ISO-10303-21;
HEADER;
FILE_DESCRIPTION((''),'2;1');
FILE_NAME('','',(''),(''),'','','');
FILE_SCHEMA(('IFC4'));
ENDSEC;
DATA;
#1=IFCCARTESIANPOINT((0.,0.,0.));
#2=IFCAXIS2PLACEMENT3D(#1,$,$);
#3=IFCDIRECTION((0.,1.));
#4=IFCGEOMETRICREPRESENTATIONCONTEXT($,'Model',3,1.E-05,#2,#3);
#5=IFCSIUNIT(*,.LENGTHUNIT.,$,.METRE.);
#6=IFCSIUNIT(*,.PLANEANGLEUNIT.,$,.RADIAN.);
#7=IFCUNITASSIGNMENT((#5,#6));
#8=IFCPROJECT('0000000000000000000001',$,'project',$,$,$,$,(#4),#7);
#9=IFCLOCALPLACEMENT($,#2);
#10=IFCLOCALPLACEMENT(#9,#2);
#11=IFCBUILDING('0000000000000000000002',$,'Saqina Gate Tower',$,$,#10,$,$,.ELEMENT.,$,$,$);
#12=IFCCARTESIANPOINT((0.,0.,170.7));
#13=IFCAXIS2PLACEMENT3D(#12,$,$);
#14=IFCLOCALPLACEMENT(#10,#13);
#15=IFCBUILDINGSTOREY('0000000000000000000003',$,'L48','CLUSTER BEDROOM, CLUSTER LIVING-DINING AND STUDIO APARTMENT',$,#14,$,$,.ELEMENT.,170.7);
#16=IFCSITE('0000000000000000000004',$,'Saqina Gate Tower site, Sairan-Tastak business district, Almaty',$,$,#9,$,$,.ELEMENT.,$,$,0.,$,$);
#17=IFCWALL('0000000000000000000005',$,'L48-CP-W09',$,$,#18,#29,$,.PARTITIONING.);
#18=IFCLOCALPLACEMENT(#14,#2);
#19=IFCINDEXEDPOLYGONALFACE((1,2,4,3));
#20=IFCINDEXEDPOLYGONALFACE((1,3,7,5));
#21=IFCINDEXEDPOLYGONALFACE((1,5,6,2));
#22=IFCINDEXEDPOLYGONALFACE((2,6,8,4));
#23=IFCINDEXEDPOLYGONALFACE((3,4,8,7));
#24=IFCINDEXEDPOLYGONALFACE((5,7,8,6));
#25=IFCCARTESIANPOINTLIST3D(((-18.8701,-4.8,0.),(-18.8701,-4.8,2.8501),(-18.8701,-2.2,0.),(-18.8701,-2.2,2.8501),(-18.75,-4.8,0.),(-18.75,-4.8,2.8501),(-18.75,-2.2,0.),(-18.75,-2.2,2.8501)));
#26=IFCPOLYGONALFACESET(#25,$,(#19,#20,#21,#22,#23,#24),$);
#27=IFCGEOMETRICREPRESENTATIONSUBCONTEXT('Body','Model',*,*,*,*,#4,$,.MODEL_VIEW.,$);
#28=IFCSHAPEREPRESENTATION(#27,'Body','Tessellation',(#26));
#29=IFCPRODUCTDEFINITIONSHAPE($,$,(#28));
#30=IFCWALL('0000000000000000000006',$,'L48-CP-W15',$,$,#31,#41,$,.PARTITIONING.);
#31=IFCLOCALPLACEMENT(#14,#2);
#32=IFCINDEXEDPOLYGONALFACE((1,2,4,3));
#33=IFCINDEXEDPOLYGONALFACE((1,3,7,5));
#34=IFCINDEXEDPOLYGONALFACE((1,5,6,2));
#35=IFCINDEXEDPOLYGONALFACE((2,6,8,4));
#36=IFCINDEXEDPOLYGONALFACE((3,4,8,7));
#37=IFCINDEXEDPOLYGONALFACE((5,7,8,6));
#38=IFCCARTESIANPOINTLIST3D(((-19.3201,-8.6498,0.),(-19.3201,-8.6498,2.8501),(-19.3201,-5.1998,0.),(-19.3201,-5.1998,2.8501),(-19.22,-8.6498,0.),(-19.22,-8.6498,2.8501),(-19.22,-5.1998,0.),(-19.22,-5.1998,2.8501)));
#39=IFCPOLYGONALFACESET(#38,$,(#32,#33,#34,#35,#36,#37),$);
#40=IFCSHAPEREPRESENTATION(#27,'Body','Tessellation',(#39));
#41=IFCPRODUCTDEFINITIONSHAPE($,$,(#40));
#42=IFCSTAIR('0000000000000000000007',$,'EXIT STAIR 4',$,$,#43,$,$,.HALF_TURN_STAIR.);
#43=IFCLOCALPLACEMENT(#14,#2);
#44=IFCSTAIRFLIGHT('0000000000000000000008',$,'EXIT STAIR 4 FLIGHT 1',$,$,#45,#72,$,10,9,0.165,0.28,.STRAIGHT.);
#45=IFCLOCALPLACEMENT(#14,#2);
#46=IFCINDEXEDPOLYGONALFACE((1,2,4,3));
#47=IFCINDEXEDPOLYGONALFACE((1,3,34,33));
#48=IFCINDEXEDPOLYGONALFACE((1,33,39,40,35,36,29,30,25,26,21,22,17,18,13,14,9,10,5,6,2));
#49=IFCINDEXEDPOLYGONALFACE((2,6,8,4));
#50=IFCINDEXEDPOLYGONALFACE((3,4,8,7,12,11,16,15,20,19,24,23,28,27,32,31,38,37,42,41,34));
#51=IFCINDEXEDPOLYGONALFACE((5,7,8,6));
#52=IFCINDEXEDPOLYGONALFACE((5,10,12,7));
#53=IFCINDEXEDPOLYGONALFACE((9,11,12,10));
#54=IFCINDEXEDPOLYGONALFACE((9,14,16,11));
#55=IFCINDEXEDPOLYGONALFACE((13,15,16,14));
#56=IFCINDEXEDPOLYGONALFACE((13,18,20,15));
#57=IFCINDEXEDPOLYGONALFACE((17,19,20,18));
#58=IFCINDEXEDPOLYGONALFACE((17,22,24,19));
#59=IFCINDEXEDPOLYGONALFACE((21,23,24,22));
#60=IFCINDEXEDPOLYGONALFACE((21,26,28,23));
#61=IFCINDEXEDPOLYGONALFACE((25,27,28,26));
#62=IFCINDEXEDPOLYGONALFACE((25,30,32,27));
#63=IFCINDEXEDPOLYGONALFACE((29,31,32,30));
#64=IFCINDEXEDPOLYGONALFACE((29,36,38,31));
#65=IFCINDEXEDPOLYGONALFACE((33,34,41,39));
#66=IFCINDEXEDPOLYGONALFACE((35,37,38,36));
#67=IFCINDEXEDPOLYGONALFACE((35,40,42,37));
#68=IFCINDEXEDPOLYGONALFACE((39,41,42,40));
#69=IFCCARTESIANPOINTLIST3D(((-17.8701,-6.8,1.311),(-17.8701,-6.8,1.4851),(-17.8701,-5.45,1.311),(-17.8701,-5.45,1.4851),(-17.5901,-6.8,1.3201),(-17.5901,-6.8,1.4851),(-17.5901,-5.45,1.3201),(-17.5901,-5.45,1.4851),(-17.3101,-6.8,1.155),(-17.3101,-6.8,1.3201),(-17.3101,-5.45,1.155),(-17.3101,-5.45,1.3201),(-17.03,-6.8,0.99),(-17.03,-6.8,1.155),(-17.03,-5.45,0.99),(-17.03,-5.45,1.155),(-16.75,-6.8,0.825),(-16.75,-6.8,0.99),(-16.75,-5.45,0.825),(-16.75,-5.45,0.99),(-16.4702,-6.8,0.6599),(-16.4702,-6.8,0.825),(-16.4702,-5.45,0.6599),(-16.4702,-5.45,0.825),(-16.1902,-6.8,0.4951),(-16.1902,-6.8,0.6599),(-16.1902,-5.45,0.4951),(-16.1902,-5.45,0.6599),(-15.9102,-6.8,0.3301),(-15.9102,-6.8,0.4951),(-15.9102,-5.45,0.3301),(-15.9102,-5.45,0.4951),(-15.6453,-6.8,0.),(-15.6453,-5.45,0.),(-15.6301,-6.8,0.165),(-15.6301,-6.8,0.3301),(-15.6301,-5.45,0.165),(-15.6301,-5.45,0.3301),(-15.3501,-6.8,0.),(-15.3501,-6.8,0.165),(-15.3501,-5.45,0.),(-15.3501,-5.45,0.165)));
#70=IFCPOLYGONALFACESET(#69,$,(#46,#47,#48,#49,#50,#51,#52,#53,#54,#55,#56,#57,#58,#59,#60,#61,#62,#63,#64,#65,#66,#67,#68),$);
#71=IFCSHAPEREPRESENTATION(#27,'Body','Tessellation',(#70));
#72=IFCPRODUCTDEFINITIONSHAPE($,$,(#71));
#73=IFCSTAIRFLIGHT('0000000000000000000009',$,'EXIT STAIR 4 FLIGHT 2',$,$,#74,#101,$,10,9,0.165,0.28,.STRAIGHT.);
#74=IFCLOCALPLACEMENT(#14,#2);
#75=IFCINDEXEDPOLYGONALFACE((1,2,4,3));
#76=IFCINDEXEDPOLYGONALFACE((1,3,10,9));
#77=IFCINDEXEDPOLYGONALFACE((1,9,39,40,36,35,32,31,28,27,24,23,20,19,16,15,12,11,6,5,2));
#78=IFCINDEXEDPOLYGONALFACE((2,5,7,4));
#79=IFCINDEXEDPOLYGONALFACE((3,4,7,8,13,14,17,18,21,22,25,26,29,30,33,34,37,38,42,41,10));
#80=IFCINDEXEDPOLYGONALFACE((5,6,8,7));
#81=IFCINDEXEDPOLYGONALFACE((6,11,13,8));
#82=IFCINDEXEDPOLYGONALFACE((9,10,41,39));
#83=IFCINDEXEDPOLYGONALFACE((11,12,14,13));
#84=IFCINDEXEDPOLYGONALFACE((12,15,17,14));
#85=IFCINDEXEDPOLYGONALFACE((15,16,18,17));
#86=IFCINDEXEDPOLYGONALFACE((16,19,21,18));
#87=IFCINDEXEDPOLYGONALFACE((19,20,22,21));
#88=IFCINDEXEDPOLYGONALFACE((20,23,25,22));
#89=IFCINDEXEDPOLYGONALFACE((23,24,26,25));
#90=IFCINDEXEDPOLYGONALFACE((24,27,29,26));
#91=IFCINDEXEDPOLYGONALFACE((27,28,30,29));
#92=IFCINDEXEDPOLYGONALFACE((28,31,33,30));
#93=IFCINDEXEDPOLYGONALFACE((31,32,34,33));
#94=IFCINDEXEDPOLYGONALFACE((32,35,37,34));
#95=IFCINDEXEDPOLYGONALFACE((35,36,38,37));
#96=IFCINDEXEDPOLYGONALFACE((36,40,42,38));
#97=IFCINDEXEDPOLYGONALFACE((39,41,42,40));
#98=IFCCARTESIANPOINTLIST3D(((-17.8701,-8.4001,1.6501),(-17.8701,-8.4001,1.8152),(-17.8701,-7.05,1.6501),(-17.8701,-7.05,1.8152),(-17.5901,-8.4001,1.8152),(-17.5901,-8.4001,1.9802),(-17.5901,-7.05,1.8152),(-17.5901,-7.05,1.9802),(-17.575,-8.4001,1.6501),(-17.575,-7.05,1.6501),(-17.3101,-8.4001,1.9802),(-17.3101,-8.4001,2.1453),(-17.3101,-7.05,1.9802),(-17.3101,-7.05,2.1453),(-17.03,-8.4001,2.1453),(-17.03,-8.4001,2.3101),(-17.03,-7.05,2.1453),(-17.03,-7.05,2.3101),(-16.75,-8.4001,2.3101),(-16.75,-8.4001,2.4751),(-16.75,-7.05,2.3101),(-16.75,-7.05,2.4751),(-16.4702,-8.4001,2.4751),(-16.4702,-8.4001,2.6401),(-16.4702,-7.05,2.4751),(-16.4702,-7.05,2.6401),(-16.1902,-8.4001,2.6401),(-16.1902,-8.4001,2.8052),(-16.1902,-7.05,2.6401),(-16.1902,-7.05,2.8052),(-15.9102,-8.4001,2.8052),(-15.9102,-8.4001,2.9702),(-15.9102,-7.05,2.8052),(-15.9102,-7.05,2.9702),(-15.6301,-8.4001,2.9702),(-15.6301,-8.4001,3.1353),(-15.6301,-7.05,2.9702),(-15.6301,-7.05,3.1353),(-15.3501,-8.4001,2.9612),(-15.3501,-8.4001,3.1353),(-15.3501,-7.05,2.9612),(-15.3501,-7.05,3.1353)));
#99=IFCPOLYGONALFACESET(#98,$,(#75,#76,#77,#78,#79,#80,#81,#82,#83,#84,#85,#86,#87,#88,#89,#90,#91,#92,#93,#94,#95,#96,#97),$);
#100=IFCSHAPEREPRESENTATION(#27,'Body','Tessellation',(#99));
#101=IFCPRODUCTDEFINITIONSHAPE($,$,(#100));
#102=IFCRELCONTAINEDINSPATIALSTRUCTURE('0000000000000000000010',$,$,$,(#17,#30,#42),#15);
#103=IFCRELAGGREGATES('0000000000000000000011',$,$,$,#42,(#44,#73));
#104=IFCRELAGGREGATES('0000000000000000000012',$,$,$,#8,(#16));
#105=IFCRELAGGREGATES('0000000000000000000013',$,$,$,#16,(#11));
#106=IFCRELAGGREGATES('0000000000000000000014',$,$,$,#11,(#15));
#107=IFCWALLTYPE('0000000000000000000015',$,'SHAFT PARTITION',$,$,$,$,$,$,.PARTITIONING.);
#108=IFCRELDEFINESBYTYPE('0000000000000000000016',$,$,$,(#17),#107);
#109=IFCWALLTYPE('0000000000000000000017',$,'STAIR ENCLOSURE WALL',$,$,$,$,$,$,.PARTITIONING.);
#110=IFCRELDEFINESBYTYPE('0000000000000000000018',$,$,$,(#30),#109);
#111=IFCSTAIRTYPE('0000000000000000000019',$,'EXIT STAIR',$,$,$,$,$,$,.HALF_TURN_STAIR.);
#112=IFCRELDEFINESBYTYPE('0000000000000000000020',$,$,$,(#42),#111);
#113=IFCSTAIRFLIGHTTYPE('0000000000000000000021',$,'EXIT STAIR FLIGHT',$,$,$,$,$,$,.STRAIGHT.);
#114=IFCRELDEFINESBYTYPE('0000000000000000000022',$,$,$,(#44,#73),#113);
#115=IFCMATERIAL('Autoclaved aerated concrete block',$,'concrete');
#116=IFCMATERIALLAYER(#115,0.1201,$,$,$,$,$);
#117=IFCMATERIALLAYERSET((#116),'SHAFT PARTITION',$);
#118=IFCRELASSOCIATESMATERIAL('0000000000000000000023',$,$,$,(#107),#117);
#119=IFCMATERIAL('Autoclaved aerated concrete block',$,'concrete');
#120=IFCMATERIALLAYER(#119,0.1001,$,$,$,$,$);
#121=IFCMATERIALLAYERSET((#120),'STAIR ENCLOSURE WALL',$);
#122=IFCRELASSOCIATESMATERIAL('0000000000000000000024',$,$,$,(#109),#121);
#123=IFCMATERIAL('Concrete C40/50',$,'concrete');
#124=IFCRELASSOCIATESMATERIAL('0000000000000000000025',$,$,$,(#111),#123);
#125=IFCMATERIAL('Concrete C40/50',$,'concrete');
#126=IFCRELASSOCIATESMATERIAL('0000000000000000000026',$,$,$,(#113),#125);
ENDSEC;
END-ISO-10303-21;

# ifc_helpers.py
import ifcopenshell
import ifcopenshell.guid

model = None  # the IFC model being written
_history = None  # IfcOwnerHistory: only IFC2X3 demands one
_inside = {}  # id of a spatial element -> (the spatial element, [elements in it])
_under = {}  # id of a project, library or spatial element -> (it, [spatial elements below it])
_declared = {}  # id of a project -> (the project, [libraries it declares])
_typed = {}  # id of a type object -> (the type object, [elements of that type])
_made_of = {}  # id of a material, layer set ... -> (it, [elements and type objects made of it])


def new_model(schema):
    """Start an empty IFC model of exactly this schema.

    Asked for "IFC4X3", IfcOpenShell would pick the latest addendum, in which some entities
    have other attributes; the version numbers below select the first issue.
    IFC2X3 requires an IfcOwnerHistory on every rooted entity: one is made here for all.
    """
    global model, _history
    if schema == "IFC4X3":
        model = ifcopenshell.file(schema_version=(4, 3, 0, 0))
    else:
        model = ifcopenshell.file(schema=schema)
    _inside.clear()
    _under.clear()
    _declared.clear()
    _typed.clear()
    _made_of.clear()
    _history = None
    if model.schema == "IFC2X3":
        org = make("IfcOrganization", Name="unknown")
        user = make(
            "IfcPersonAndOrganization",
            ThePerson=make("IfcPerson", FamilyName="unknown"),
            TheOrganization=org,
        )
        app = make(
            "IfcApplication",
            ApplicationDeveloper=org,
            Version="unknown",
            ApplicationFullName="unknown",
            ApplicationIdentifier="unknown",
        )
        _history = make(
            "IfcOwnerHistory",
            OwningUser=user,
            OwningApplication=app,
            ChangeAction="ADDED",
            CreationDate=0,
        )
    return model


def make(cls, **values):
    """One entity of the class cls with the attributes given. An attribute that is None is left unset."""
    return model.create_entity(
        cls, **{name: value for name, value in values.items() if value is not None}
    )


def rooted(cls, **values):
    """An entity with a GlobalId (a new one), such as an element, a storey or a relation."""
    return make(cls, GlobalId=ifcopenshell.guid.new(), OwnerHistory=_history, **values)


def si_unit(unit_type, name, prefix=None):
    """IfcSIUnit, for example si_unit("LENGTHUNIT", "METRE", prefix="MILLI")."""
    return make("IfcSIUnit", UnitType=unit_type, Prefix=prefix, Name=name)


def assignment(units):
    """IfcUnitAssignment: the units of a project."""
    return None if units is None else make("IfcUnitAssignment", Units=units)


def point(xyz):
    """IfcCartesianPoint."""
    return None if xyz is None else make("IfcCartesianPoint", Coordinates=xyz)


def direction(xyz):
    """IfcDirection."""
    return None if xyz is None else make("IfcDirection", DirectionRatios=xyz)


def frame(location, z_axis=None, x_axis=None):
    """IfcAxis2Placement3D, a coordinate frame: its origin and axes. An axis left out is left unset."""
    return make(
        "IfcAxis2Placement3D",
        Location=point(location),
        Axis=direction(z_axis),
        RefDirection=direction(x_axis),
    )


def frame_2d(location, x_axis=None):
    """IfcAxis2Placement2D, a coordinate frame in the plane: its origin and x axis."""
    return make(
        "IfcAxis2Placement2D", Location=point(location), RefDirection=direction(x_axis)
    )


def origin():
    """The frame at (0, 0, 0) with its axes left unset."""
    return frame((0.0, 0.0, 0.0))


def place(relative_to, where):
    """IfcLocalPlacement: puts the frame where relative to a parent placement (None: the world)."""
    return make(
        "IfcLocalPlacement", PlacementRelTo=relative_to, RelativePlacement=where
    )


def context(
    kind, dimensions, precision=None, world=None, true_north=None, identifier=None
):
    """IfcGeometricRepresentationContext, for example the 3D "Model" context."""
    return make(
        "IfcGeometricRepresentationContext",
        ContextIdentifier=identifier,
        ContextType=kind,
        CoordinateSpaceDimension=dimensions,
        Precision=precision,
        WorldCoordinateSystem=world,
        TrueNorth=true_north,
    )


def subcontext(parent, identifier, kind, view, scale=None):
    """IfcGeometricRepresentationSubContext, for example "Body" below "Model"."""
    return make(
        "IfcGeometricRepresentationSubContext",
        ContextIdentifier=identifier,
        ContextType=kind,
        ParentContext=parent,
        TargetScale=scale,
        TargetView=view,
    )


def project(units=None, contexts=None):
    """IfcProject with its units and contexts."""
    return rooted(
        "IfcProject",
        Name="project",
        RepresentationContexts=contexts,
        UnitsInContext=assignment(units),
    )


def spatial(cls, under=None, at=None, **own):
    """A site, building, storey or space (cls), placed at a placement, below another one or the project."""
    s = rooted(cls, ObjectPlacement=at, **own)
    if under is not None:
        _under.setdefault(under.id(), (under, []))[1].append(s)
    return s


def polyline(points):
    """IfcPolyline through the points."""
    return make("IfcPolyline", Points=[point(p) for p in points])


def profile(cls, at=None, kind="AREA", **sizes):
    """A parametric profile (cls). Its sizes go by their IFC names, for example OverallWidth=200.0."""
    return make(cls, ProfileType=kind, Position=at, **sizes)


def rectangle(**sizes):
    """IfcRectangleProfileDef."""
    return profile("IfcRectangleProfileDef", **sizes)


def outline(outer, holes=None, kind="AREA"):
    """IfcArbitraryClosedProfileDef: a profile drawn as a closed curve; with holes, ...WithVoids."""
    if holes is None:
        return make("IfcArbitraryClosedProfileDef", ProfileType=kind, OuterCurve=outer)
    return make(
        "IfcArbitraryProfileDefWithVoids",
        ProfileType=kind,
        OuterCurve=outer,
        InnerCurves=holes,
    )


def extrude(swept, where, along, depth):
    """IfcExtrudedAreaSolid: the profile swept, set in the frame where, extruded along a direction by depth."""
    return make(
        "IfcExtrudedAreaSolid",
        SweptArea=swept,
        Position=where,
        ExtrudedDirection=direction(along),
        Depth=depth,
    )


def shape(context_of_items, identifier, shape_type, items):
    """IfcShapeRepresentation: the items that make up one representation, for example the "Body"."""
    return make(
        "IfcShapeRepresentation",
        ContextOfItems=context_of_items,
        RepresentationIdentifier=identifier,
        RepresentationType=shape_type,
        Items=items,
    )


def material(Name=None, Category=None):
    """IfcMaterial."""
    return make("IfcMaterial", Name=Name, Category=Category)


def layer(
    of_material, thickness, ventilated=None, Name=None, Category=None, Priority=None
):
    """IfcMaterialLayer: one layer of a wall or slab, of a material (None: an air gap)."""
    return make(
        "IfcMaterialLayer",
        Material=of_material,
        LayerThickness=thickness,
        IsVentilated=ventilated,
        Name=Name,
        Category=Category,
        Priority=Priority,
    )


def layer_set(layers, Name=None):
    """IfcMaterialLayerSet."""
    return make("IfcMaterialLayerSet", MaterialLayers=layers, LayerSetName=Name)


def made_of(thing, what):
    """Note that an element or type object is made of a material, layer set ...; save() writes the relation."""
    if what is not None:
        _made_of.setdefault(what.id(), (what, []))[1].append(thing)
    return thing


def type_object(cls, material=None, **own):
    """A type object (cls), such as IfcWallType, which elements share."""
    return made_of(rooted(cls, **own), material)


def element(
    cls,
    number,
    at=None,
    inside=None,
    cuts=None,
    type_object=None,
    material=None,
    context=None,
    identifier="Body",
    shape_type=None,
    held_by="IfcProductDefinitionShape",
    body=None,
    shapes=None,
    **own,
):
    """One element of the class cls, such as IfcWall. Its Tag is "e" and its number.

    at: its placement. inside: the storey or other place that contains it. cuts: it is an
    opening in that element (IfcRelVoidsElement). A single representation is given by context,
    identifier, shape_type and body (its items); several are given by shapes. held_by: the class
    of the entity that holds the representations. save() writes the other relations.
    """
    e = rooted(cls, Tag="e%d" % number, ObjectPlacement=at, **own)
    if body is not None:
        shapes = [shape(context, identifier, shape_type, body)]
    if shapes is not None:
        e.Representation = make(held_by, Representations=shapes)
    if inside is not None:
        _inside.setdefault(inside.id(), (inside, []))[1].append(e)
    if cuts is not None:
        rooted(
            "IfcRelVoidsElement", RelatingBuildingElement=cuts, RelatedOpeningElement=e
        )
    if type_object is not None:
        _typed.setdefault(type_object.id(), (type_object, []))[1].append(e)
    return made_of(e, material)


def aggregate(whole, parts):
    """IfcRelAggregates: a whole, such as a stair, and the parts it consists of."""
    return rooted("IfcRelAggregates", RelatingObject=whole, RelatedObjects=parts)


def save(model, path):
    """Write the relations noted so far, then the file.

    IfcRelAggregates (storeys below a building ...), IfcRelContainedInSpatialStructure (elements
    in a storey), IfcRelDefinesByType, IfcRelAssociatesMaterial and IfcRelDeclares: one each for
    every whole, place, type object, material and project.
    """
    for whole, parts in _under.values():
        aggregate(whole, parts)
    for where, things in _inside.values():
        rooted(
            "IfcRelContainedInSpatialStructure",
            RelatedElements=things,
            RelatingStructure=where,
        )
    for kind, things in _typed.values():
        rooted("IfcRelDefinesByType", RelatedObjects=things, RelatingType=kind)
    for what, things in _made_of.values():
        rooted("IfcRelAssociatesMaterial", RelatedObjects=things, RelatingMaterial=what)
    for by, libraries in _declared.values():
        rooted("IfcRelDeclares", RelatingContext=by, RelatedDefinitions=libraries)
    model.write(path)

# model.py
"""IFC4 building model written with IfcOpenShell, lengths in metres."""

from ifc_helpers import new_model, si_unit, direction, frame, frame_2d, origin, place, context, subcontext, project, spatial, polyline, rectangle, outline, extrude, material, layer, layer_set, type_object, element, aggregate, save


model = new_model("IFC4")

# Units and contexts
model_context = context("Model", 3, precision=1e-05, world=origin(), true_north=direction((0.0, 1.0)))
body_context = subcontext(model_context, "Body", "Model", "MODEL_VIEW")
ifc_project = project(units=[si_unit("LENGTHUNIT", "METRE"), si_unit("PLANEANGLEUNIT", "RADIAN")], contexts=[model_context])

# Site, building, storey
site_placement = place(None, origin())
site = spatial("IfcSite", under=ifc_project, at=site_placement, Name="Saqina Gate Tower site, Sairan-Tastak business district, Almaty", CompositionType="ELEMENT", RefElevation=0.0)
building_placement = place(site_placement, origin())
building = spatial("IfcBuilding", under=site, at=building_placement, Name="Saqina Gate Tower", CompositionType="ELEMENT")
storey_placement = place(building_placement, frame((0.0, 0.0, 170.7)))
storey = spatial("IfcBuildingStorey", under=building, at=storey_placement, Name="L48", Description="CLUSTER BEDROOM, CLUSTER LIVING-DINING AND STUDIO APARTMENT", CompositionType="ELEMENT", Elevation=170.7)

# Shared definitions
ifc_material_1 = material(Name="Autoclaved aerated concrete block", Category="concrete")
ifc_layer_1 = layer(ifc_material_1, 0.1201)
ifc_layer_set_1 = layer_set([ifc_layer_1], Name="SHAFT PARTITION")
wall_type_1 = type_object("IfcWallType", Name="SHAFT PARTITION", PredefinedType="PARTITIONING", material=ifc_layer_set_1)

# Walls
wall_1_placement = place(storey_placement, frame((-18.8101, -4.8, 0.0), z_axis=(0.0, 0.0, 1.0), x_axis=(0.0, 1.0, 0.0)))
element("IfcWall", 1, at=wall_1_placement, inside=storey, type_object=wall_type_1, Name="L48-CP-W09", PredefinedType="PARTITIONING", context=body_context, shape_type="SweptSolid", body=[
    extrude(rectangle(XDim=2.6001, YDim=0.1201, at=frame_2d((1.3, 0.0))), origin(), (0.0, 0.0, 1.0), 2.8501),
])
ifc_material_2 = material(Name="Autoclaved aerated concrete block", Category="concrete")
ifc_layer_2 = layer(ifc_material_2, 0.1001)
ifc_layer_set_2 = layer_set([ifc_layer_2], Name="STAIR ENCLOSURE WALL")
wall_type_2 = type_object("IfcWallType", Name="STAIR ENCLOSURE WALL", PredefinedType="PARTITIONING", material=ifc_layer_set_2)
wall_2_placement = place(storey_placement, frame((-19.27, -8.6499, 0.0), z_axis=(0.0, 0.0, 1.0), x_axis=(0.0, 1.0, 0.0)))
element("IfcWall", 2, at=wall_2_placement, inside=storey, type_object=wall_type_2, Name="L48-CP-W15", PredefinedType="PARTITIONING", context=body_context, shape_type="SweptSolid", body=[
    extrude(rectangle(XDim=3.45, YDim=0.1001, at=frame_2d((1.7251, 0.0))), origin(), (0.0, 0.0, 1.0), 2.8501),
])

# Stair, stair flights
ifc_material_3 = material(Name="Concrete C40/50", Category="concrete")
stair_type = type_object("IfcStairType", Name="EXIT STAIR", PredefinedType="HALF_TURN_STAIR", material=ifc_material_3)
stair_placement = place(storey_placement, origin())
stair = element("IfcStair", 3, at=stair_placement, inside=storey, type_object=stair_type, Name="EXIT STAIR 4", PredefinedType="HALF_TURN_STAIR")
ifc_material_4 = material(Name="Concrete C40/50", Category="concrete")
stair_flight_type = type_object("IfcStairFlightType", Name="EXIT STAIR FLIGHT", PredefinedType="STRAIGHT", material=ifc_material_4)
stair_flight_1_placement = place(storey_placement, frame((-15.3501, -6.125, 0.0), z_axis=(0.0, 0.0, 1.0), x_axis=(-1.0, 0.0, 0.0)))
stair_flight_1 = element("IfcStairFlight", 4, at=stair_flight_1_placement, type_object=stair_flight_type, Name="EXIT STAIR 4 FLIGHT 1", NumberOfRisers=10, NumberOfTreads=9, PredefinedType="STRAIGHT", RiserHeight=0.165, TreadLength=0.28, context=body_context, shape_type="SweptSolid", body=[
    extrude(outline(polyline([(0.0, 0.0), (0.0, 0.165), (0.28, 0.165), (0.28, 0.3301), (0.5601, 0.3301), (0.5601, 0.4951), (0.8401, 0.4951), (0.8401, 0.6599), (1.1201, 0.6599), (1.1201, 0.825), (1.3999, 0.825), (1.3999, 0.99), (1.6799, 0.99), (1.6799, 1.155), (1.96, 1.155), (1.96, 1.3201), (2.24, 1.3201), (2.24, 1.4851), (2.52, 1.4851), (2.52, 1.6499), (2.52, 1.311), (0.2952, 0.0), (0.0, 0.0)])), frame((0.0, 0.675, 0.0), z_axis=(0.0, -1.0, 0.0), x_axis=(1.0, 0.0, 0.0)), (0.0, 0.0, 1.0), 1.3501),
])
stair_flight_2_placement = place(storey_placement, frame((-17.8701, -7.7251, 1.6501), z_axis=(0.0, 0.0, 1.0), x_axis=(1.0, 0.0, 0.0)))
stair_flight_2 = element("IfcStairFlight", 5, at=stair_flight_2_placement, type_object=stair_flight_type, Name="EXIT STAIR 4 FLIGHT 2", NumberOfRisers=10, NumberOfTreads=9, PredefinedType="STRAIGHT", RiserHeight=0.165, TreadLength=0.28, context=body_context, shape_type="SweptSolid", body=[
    extrude(outline(polyline([(0.0, 0.0), (0.0, 0.165), (0.28, 0.165), (0.28, 0.3301), (0.5601, 0.3301), (0.5601, 0.4951), (0.8401, 0.4951), (0.8401, 0.6599), (1.1201, 0.6599), (1.1201, 0.825), (1.3999, 0.825), (1.3999, 0.99), (1.6799, 0.99), (1.6799, 1.155), (1.96, 1.155), (1.96, 1.3201), (2.24, 1.3201), (2.24, 1.4851), (2.52, 1.4851), (2.52, 1.6499), (2.52, 1.311), (0.2952, 0.0), (0.0, 0.0)])), frame((0.0, 0.675, 0.0), z_axis=(0.0, -1.0, 0.0), x_axis=(1.0, 0.0, 0.0)), (0.0, 0.0, 1.0), 1.3501),
])
aggregate(stair, [stair_flight_1, stair_flight_2])

save(model, "model.ifc")
